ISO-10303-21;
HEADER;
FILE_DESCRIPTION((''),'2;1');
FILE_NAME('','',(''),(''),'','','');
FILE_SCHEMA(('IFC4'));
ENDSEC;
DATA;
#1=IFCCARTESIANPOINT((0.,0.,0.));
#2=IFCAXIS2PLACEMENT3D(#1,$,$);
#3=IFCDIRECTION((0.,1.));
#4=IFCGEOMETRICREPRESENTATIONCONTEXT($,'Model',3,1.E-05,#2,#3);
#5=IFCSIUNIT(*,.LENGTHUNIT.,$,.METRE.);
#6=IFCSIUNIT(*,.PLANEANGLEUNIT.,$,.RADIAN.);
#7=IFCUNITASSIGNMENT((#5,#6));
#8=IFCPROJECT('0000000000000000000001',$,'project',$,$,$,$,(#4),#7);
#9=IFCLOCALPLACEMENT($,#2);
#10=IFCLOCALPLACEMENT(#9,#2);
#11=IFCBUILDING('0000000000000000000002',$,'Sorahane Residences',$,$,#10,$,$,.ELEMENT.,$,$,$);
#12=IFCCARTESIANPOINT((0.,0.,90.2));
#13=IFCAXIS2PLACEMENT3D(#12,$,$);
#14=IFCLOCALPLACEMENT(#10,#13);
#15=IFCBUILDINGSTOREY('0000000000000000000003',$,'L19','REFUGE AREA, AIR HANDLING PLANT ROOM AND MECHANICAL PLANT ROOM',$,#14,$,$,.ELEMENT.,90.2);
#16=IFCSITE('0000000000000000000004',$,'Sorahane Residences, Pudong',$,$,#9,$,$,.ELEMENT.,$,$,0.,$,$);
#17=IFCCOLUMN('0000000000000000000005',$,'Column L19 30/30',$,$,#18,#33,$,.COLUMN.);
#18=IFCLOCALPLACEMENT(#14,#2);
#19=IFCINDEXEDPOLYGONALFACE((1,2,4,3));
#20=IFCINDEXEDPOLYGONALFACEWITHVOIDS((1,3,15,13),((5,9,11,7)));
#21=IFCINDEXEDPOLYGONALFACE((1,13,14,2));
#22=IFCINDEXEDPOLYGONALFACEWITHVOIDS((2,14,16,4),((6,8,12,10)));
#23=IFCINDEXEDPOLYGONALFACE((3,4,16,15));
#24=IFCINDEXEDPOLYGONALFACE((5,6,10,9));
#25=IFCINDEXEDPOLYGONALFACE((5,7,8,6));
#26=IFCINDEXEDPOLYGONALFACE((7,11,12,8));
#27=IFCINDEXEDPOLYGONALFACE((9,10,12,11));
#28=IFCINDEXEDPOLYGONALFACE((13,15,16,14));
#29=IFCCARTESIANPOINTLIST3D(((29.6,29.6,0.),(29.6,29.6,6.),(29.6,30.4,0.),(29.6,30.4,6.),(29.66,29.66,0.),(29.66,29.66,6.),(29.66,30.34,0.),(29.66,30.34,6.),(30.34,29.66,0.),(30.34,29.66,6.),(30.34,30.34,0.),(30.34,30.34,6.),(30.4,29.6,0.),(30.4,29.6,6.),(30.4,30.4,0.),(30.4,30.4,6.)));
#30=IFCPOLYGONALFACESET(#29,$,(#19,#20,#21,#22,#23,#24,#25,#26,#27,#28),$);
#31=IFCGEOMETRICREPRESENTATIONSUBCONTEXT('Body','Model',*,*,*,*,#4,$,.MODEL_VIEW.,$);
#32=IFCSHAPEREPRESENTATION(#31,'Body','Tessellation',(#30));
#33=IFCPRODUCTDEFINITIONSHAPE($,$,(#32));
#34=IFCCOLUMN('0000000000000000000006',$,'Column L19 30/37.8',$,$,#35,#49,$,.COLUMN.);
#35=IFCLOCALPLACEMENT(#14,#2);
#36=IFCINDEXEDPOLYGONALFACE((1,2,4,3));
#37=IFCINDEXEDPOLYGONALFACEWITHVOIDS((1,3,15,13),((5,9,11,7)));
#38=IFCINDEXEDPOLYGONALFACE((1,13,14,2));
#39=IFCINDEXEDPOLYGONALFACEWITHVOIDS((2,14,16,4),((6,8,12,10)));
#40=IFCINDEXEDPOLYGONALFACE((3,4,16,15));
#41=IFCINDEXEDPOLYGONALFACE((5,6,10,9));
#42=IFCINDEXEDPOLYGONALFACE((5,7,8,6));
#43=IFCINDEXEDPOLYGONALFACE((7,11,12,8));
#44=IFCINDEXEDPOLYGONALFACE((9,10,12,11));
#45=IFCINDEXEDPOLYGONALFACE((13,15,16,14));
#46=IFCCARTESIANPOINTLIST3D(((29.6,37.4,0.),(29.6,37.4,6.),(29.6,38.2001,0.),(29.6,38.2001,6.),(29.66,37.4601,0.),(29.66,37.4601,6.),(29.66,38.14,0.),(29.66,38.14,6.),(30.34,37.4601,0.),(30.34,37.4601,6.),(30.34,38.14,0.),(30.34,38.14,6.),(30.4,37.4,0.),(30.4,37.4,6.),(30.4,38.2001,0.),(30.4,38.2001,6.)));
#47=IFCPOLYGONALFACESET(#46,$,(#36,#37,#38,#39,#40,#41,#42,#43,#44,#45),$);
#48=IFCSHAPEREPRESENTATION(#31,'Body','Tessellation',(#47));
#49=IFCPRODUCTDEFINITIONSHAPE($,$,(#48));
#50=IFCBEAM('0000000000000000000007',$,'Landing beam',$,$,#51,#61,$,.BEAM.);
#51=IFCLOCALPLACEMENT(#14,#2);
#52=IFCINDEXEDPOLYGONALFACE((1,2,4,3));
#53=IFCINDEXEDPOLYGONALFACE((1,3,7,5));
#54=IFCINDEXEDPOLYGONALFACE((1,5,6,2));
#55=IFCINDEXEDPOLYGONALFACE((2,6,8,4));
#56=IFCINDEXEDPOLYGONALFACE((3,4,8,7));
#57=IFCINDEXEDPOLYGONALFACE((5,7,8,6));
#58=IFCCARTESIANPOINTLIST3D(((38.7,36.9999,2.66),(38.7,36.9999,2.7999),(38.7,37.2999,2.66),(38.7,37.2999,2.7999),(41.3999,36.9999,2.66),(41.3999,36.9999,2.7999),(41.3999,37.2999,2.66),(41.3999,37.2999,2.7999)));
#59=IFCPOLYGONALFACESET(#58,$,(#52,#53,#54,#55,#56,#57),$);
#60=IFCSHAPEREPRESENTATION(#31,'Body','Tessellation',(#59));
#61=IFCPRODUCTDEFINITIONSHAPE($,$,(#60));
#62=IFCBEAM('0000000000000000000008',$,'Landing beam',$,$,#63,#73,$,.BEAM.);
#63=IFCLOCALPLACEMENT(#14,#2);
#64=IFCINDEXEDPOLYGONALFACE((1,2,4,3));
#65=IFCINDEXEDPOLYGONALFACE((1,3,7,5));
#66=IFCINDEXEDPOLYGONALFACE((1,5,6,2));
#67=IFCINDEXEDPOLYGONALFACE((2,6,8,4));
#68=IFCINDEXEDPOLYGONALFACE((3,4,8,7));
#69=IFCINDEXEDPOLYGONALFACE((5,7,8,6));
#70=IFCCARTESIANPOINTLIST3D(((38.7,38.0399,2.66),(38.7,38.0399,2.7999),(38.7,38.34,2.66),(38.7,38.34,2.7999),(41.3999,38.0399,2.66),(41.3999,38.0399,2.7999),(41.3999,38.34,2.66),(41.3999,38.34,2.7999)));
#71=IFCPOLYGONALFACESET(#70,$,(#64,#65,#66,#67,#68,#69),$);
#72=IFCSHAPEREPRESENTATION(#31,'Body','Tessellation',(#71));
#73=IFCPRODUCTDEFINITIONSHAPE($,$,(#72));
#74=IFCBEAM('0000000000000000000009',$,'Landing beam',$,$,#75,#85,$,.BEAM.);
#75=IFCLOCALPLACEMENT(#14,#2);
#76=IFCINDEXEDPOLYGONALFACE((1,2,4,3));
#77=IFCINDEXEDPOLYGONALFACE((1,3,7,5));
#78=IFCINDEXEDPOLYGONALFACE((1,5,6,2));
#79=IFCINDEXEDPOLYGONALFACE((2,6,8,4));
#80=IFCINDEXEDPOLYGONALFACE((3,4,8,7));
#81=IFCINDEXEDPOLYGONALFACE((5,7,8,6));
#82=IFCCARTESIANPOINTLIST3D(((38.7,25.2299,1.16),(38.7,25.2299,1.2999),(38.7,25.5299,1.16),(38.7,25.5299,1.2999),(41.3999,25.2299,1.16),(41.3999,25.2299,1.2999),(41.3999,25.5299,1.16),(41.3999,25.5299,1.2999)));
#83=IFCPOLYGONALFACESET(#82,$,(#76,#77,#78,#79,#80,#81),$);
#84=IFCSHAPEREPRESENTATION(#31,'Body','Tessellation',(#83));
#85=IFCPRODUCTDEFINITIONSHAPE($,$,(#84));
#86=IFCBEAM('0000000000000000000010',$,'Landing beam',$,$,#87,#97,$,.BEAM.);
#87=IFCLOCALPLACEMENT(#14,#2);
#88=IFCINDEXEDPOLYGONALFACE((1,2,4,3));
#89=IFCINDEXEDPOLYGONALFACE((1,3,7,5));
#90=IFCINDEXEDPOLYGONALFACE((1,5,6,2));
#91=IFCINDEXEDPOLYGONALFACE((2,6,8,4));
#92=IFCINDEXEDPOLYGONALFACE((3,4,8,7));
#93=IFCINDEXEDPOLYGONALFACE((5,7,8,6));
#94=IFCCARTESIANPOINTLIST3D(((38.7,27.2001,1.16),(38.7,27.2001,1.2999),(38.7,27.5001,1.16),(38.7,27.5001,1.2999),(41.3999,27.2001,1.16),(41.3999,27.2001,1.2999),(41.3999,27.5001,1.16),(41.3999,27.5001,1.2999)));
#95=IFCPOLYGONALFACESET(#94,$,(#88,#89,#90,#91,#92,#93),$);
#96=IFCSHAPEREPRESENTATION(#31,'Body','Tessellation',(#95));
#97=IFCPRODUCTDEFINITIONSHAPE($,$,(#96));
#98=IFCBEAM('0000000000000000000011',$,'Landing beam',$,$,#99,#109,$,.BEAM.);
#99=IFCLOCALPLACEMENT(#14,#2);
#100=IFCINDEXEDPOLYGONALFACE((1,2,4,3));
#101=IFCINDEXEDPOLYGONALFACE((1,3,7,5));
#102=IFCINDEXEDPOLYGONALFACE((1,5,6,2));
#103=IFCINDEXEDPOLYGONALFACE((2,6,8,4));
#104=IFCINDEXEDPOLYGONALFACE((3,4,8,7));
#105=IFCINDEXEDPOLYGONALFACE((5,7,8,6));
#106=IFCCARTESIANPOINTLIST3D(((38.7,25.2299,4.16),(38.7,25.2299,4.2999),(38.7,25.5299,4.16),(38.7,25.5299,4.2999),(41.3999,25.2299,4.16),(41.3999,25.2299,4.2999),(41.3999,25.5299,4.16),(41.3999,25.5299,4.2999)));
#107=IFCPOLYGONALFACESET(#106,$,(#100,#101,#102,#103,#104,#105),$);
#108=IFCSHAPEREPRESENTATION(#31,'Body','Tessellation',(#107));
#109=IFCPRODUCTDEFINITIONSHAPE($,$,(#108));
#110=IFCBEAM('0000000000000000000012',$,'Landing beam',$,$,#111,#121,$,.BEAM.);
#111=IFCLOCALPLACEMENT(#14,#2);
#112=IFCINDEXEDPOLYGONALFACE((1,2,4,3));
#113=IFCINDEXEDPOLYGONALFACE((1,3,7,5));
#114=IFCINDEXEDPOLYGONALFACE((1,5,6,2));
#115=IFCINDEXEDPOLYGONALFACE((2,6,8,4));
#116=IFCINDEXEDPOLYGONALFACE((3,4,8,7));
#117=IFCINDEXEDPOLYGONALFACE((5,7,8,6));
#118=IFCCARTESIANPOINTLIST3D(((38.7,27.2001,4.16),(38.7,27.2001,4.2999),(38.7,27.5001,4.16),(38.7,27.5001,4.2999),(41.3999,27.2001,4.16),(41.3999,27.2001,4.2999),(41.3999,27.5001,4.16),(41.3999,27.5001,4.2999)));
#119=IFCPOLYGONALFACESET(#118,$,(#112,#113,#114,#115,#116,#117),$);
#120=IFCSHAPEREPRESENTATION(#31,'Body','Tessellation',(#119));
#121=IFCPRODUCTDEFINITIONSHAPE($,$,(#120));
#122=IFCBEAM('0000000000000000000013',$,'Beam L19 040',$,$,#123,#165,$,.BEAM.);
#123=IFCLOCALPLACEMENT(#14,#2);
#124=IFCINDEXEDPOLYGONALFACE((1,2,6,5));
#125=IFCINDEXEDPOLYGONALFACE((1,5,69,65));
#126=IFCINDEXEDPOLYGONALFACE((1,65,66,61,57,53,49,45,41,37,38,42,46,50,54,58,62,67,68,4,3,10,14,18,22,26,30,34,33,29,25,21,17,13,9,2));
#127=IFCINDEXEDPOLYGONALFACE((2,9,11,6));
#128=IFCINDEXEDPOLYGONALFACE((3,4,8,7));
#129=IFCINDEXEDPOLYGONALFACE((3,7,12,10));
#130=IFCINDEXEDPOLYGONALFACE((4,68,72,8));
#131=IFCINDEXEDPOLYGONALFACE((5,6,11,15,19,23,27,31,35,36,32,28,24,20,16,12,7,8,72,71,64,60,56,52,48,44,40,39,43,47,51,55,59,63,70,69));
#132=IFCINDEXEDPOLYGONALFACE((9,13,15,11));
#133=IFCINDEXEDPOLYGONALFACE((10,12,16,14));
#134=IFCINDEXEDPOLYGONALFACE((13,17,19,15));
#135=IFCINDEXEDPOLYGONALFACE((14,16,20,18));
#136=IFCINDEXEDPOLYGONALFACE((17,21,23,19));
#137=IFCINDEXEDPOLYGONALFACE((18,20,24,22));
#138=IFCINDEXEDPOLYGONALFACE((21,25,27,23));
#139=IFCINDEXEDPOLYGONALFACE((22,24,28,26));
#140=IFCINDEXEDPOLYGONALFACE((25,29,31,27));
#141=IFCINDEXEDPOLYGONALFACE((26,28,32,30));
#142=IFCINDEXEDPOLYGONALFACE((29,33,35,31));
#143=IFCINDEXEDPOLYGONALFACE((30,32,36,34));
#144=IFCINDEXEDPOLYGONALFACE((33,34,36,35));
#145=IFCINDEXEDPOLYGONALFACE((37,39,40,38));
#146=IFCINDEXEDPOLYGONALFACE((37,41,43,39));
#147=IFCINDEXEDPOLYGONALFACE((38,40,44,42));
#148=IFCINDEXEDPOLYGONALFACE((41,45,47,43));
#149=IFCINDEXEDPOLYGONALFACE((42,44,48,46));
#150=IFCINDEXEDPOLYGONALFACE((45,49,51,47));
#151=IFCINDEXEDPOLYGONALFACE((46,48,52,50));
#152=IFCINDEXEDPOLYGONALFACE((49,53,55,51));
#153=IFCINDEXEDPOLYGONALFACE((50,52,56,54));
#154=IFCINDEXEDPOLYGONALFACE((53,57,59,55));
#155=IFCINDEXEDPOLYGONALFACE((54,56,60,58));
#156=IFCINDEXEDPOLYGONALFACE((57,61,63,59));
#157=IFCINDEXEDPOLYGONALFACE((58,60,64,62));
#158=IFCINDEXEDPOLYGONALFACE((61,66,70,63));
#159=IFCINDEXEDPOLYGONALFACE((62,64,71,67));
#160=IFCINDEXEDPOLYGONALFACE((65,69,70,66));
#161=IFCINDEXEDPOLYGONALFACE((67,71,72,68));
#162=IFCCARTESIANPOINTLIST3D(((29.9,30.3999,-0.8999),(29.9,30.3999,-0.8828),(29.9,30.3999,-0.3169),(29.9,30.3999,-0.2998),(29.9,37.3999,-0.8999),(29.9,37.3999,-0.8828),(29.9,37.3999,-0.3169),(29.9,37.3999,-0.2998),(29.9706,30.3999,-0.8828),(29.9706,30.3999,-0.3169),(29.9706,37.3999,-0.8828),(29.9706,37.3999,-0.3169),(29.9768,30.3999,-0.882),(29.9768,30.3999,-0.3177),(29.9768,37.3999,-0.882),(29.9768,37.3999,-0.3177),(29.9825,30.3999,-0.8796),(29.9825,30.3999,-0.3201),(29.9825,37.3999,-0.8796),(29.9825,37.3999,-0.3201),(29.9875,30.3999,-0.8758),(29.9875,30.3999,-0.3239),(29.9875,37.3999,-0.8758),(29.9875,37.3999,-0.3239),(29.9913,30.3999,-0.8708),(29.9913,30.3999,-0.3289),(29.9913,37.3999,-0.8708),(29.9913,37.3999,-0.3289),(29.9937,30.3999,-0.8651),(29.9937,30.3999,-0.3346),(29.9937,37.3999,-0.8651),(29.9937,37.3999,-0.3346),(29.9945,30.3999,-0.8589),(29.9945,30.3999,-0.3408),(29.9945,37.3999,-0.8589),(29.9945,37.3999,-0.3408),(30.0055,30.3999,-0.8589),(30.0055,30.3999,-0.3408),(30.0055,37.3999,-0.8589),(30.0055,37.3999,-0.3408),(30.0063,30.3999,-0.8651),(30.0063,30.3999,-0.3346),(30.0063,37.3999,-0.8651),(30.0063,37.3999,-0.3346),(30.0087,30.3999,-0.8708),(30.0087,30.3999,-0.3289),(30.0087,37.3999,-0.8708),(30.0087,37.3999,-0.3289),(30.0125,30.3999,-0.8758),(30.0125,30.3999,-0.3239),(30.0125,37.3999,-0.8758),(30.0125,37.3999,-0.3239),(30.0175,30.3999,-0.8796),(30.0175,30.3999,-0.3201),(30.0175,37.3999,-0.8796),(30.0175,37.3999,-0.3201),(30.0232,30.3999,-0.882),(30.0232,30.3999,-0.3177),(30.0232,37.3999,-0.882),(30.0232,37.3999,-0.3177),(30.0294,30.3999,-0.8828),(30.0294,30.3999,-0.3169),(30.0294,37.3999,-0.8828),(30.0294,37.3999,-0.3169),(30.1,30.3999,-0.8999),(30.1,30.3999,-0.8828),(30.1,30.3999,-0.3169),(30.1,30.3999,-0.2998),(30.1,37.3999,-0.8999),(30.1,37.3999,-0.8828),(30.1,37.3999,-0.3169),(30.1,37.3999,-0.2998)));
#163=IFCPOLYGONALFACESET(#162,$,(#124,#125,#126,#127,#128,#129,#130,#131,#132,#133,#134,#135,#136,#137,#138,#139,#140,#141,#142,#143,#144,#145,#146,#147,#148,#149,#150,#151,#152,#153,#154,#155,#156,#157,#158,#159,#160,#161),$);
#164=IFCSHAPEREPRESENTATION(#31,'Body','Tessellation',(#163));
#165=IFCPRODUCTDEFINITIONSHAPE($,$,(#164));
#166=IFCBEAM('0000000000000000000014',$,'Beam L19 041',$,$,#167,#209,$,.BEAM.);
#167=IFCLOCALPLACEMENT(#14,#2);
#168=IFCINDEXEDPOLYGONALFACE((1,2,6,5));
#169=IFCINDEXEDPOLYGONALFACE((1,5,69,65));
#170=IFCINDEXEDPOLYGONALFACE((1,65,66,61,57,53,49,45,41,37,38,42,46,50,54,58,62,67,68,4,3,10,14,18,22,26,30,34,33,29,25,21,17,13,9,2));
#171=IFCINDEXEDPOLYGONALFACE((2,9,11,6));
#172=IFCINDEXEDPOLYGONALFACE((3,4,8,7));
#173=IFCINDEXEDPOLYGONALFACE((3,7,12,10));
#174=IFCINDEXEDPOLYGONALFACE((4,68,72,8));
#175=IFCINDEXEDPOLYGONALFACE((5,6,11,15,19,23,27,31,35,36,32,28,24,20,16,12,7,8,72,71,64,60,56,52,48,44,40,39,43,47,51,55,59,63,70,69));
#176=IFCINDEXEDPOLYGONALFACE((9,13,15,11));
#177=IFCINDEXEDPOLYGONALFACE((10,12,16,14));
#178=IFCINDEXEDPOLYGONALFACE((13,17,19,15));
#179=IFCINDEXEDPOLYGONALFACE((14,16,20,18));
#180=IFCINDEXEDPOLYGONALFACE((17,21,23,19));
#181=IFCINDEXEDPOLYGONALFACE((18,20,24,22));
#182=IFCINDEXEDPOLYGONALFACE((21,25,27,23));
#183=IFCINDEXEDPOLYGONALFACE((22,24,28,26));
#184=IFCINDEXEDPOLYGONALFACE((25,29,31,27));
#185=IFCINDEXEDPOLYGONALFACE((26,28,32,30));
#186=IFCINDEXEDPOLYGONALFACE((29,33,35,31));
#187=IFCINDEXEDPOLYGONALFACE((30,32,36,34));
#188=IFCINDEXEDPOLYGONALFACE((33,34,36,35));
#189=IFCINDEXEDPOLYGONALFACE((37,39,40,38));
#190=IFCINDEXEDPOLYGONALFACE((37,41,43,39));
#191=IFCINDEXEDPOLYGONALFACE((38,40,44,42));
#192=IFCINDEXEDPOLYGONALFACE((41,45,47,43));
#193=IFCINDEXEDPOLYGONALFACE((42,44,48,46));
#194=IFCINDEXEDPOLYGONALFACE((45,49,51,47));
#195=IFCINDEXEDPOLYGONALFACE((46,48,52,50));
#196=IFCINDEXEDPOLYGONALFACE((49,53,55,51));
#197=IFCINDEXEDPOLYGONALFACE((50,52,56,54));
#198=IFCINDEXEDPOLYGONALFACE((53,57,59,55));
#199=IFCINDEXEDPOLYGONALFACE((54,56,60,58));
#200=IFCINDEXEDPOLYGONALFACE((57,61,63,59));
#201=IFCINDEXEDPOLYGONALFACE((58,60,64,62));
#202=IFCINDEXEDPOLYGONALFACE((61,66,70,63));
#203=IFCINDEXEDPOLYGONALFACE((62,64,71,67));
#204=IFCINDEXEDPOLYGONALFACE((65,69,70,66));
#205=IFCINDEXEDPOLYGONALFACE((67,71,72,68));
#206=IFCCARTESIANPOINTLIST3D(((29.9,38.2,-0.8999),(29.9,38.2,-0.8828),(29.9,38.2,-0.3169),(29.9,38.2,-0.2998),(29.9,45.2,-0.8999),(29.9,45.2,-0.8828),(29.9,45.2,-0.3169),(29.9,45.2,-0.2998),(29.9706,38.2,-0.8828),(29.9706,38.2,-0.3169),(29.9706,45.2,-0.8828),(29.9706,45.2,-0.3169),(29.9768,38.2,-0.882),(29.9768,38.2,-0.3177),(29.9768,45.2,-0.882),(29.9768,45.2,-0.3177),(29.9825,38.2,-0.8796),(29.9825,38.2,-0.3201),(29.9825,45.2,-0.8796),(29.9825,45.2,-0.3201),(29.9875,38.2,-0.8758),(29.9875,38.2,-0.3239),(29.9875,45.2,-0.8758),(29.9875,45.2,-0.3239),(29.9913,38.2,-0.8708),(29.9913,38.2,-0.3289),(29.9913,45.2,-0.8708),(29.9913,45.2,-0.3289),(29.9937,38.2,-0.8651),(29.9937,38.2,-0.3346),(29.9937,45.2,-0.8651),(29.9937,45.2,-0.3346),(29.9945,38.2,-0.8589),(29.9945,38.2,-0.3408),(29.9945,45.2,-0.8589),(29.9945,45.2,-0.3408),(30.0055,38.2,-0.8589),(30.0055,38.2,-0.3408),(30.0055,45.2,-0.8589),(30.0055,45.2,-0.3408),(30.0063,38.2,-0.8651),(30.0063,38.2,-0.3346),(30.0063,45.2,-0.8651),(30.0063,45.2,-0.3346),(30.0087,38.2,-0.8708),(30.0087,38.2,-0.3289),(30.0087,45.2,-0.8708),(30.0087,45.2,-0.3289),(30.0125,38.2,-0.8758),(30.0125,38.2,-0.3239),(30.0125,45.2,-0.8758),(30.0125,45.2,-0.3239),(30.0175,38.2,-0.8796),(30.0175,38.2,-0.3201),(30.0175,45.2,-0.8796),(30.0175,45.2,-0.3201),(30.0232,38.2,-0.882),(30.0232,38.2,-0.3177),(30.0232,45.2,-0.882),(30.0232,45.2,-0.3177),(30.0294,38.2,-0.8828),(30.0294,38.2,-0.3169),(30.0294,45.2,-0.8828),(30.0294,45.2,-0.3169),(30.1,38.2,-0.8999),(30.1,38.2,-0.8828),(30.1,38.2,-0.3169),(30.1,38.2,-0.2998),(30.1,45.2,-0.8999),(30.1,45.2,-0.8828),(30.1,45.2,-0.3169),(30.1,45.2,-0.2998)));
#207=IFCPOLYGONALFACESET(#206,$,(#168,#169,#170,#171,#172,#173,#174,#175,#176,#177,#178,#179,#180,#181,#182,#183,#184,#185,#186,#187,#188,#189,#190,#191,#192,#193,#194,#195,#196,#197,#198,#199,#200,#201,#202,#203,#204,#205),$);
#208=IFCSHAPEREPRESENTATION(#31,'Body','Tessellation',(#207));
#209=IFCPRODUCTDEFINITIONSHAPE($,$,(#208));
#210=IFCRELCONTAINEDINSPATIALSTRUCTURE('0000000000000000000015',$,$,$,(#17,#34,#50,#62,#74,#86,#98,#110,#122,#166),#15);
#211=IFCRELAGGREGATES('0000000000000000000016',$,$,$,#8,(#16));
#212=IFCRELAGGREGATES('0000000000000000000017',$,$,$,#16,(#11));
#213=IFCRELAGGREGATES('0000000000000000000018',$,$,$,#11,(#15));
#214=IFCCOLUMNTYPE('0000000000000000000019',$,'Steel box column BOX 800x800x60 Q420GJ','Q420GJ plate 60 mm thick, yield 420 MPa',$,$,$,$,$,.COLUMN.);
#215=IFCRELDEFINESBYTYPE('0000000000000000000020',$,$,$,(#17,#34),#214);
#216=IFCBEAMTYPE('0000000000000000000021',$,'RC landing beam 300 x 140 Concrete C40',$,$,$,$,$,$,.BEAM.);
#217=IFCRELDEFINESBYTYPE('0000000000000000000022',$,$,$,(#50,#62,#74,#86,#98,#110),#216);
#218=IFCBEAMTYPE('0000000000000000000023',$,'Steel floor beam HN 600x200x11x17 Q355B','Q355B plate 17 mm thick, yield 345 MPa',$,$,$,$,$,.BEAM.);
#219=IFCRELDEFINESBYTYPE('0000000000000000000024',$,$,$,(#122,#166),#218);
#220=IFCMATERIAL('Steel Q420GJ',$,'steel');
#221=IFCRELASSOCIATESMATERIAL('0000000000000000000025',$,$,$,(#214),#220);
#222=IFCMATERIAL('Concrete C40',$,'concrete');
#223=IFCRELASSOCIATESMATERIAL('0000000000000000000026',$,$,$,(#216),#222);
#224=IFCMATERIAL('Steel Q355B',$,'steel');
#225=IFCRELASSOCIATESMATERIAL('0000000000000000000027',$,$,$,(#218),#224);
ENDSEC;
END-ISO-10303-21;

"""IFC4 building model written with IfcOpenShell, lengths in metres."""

from ifc_helpers import new_model, si_unit, direction, frame, origin, origin_2d, place, context, subcontext, project, spatial, rectangle, hollow_rectangle, i_section, extrude, material, material_profile, profile_set, type_object, element, save


model = new_model("IFC4")

# Units and contexts
model_context = context("Model", 3, precision=1e-05, world=origin(), true_north=direction((0.0, 1.0)))
body_context = subcontext(model_context, "Body", "Model", "MODEL_VIEW")
ifc_project = project(units=[si_unit("LENGTHUNIT", "METRE"), si_unit("PLANEANGLEUNIT", "RADIAN")], contexts=[model_context])

# Site, building, storey
site_placement = place(None, origin())
site = spatial("IfcSite", under=ifc_project, at=site_placement, Name="Sorahane Residences, Pudong", CompositionType="ELEMENT", RefElevation=0.0)
building_placement = place(site_placement, origin())
building = spatial("IfcBuilding", under=site, at=building_placement, Name="Sorahane Residences", CompositionType="ELEMENT")
storey_placement = place(building_placement, frame((0.0, 0.0, 90.2)))
storey = spatial("IfcBuildingStorey", under=building, at=storey_placement, Name="L19", Description="REFUGE AREA, AIR HANDLING PLANT ROOM AND MECHANICAL PLANT ROOM", CompositionType="ELEMENT", Elevation=90.2)

# Columns
ifc_material_1 = material(Name="Steel Q420GJ", Category="steel")
ifc_material_profile_1 = material_profile(ifc_material_1, hollow_rectangle(XDim=0.8, YDim=0.8, WallThickness=0.0601, at=origin_2d()), Name="BOX 800x800x60")
ifc_profile_set_1 = profile_set([ifc_material_profile_1], Name="Steel Q420GJ")
column_type = type_object("IfcColumnType", Name="Steel box column BOX 800x800x60 Q420GJ", Description="Q420GJ plate 60 mm thick, yield 420 MPa", PredefinedType="COLUMN", material=ifc_profile_set_1)
for number, where, z_axis, x_axis, name in (
    (1, (30.0, 30.0, 0.0), (0.0, 0.0, 1.0), (1.0, 0.0, 0.0), "Column L19 30/30"),
    (2, (30.0, 37.8, 0.0), (0.0, 0.0, 1.0), (1.0, 0.0, 0.0), "Column L19 30/37.8"),
):
    element("IfcColumn", number, at=place(storey_placement, frame(where, z_axis=z_axis, x_axis=x_axis)), inside=storey, type_object=column_type, Name=name, PredefinedType="COLUMN", context=body_context, shape_type="SweptSolid", body=[
        extrude(hollow_rectangle(XDim=0.8, YDim=0.8, WallThickness=0.0601, at=origin_2d()), origin(), (0.0, 0.0, 1.0), 6.0),
    ])

# Beams
ifc_material_2 = material(Name="Concrete C40", Category="concrete")
ifc_material_profile_2 = material_profile(ifc_material_2, rectangle(XDim=0.3, YDim=0.1399, at=origin_2d()), Name="300x140")
ifc_profile_set_2 = profile_set([ifc_material_profile_2], Name="Concrete C40")
beam_type_1 = type_object("IfcBeamType", Name="RC landing beam 300 x 140 Concrete C40", PredefinedType="BEAM", material=ifc_profile_set_2)
for number, where, z_axis, x_axis, name in (
    (3, (38.7, 37.1499, 2.73), (1.0, 0.0, 0.0), (0.0, 1.0, 0.0), "Landing beam"),
    (4, (38.7, 38.1899, 2.73), (1.0, 0.0, 0.0), (0.0, 1.0, 0.0), "Landing beam"),
    (5, (38.7, 25.3799, 1.23), (1.0, 0.0, 0.0), (0.0, 1.0, 0.0), "Landing beam"),
    (6, (38.7, 27.3501, 1.23), (1.0, 0.0, 0.0), (0.0, 1.0, 0.0), "Landing beam"),
    (7, (38.7, 25.3799, 4.23), (1.0, 0.0, 0.0), (0.0, 1.0, 0.0), "Landing beam"),
    (8, (38.7, 27.3501, 4.23), (1.0, 0.0, 0.0), (0.0, 1.0, 0.0), "Landing beam"),
):
    element("IfcBeam", number, at=place(storey_placement, frame(where, z_axis=z_axis, x_axis=x_axis)), inside=storey, type_object=beam_type_1, Name=name, PredefinedType="BEAM", context=body_context, shape_type="SweptSolid", body=[
        extrude(rectangle(XDim=0.3, YDim=0.1399, at=origin_2d()), origin(), (0.0, 0.0, 1.0), 2.7),
    ])
ifc_material_3 = material(Name="Steel Q355B", Category="steel")
ifc_material_profile_3 = material_profile(ifc_material_3, i_section(OverallWidth=0.2, OverallDepth=0.6001, WebThickness=0.011, FlangeThickness=0.0171, FilletRadius=0.0239, at=origin_2d()), Name="HN 600x200x11x17")
ifc_profile_set_3 = profile_set([ifc_material_profile_3], Name="Steel Q355B")
beam_type_2 = type_object("IfcBeamType", Name="Steel floor beam HN 600x200x11x17 Q355B", Description="Q355B plate 17 mm thick, yield 345 MPa", PredefinedType="BEAM", material=ifc_profile_set_3)
for number, where, z_axis, x_axis, name in (
    (9, (30.0, 30.3999, -0.5999), (0.0, 1.0, 0.0), (-1.0, 0.0, 0.0), "Beam L19 040"),
    (10, (30.0, 38.2, -0.5999), (0.0, 1.0, 0.0), (-1.0, 0.0, 0.0), "Beam L19 041"),
):
    element("IfcBeam", number, at=place(storey_placement, frame(where, z_axis=z_axis, x_axis=x_axis)), inside=storey, type_object=beam_type_2, Name=name, PredefinedType="BEAM", context=body_context, shape_type="SweptSolid", body=[
        extrude(i_section(OverallWidth=0.2, OverallDepth=0.6001, WebThickness=0.011, FlangeThickness=0.0171, FilletRadius=0.0239, at=origin_2d()), origin(), (0.0, 0.0, 1.0), 7.0),
    ])

save(model, "model.ifc")
